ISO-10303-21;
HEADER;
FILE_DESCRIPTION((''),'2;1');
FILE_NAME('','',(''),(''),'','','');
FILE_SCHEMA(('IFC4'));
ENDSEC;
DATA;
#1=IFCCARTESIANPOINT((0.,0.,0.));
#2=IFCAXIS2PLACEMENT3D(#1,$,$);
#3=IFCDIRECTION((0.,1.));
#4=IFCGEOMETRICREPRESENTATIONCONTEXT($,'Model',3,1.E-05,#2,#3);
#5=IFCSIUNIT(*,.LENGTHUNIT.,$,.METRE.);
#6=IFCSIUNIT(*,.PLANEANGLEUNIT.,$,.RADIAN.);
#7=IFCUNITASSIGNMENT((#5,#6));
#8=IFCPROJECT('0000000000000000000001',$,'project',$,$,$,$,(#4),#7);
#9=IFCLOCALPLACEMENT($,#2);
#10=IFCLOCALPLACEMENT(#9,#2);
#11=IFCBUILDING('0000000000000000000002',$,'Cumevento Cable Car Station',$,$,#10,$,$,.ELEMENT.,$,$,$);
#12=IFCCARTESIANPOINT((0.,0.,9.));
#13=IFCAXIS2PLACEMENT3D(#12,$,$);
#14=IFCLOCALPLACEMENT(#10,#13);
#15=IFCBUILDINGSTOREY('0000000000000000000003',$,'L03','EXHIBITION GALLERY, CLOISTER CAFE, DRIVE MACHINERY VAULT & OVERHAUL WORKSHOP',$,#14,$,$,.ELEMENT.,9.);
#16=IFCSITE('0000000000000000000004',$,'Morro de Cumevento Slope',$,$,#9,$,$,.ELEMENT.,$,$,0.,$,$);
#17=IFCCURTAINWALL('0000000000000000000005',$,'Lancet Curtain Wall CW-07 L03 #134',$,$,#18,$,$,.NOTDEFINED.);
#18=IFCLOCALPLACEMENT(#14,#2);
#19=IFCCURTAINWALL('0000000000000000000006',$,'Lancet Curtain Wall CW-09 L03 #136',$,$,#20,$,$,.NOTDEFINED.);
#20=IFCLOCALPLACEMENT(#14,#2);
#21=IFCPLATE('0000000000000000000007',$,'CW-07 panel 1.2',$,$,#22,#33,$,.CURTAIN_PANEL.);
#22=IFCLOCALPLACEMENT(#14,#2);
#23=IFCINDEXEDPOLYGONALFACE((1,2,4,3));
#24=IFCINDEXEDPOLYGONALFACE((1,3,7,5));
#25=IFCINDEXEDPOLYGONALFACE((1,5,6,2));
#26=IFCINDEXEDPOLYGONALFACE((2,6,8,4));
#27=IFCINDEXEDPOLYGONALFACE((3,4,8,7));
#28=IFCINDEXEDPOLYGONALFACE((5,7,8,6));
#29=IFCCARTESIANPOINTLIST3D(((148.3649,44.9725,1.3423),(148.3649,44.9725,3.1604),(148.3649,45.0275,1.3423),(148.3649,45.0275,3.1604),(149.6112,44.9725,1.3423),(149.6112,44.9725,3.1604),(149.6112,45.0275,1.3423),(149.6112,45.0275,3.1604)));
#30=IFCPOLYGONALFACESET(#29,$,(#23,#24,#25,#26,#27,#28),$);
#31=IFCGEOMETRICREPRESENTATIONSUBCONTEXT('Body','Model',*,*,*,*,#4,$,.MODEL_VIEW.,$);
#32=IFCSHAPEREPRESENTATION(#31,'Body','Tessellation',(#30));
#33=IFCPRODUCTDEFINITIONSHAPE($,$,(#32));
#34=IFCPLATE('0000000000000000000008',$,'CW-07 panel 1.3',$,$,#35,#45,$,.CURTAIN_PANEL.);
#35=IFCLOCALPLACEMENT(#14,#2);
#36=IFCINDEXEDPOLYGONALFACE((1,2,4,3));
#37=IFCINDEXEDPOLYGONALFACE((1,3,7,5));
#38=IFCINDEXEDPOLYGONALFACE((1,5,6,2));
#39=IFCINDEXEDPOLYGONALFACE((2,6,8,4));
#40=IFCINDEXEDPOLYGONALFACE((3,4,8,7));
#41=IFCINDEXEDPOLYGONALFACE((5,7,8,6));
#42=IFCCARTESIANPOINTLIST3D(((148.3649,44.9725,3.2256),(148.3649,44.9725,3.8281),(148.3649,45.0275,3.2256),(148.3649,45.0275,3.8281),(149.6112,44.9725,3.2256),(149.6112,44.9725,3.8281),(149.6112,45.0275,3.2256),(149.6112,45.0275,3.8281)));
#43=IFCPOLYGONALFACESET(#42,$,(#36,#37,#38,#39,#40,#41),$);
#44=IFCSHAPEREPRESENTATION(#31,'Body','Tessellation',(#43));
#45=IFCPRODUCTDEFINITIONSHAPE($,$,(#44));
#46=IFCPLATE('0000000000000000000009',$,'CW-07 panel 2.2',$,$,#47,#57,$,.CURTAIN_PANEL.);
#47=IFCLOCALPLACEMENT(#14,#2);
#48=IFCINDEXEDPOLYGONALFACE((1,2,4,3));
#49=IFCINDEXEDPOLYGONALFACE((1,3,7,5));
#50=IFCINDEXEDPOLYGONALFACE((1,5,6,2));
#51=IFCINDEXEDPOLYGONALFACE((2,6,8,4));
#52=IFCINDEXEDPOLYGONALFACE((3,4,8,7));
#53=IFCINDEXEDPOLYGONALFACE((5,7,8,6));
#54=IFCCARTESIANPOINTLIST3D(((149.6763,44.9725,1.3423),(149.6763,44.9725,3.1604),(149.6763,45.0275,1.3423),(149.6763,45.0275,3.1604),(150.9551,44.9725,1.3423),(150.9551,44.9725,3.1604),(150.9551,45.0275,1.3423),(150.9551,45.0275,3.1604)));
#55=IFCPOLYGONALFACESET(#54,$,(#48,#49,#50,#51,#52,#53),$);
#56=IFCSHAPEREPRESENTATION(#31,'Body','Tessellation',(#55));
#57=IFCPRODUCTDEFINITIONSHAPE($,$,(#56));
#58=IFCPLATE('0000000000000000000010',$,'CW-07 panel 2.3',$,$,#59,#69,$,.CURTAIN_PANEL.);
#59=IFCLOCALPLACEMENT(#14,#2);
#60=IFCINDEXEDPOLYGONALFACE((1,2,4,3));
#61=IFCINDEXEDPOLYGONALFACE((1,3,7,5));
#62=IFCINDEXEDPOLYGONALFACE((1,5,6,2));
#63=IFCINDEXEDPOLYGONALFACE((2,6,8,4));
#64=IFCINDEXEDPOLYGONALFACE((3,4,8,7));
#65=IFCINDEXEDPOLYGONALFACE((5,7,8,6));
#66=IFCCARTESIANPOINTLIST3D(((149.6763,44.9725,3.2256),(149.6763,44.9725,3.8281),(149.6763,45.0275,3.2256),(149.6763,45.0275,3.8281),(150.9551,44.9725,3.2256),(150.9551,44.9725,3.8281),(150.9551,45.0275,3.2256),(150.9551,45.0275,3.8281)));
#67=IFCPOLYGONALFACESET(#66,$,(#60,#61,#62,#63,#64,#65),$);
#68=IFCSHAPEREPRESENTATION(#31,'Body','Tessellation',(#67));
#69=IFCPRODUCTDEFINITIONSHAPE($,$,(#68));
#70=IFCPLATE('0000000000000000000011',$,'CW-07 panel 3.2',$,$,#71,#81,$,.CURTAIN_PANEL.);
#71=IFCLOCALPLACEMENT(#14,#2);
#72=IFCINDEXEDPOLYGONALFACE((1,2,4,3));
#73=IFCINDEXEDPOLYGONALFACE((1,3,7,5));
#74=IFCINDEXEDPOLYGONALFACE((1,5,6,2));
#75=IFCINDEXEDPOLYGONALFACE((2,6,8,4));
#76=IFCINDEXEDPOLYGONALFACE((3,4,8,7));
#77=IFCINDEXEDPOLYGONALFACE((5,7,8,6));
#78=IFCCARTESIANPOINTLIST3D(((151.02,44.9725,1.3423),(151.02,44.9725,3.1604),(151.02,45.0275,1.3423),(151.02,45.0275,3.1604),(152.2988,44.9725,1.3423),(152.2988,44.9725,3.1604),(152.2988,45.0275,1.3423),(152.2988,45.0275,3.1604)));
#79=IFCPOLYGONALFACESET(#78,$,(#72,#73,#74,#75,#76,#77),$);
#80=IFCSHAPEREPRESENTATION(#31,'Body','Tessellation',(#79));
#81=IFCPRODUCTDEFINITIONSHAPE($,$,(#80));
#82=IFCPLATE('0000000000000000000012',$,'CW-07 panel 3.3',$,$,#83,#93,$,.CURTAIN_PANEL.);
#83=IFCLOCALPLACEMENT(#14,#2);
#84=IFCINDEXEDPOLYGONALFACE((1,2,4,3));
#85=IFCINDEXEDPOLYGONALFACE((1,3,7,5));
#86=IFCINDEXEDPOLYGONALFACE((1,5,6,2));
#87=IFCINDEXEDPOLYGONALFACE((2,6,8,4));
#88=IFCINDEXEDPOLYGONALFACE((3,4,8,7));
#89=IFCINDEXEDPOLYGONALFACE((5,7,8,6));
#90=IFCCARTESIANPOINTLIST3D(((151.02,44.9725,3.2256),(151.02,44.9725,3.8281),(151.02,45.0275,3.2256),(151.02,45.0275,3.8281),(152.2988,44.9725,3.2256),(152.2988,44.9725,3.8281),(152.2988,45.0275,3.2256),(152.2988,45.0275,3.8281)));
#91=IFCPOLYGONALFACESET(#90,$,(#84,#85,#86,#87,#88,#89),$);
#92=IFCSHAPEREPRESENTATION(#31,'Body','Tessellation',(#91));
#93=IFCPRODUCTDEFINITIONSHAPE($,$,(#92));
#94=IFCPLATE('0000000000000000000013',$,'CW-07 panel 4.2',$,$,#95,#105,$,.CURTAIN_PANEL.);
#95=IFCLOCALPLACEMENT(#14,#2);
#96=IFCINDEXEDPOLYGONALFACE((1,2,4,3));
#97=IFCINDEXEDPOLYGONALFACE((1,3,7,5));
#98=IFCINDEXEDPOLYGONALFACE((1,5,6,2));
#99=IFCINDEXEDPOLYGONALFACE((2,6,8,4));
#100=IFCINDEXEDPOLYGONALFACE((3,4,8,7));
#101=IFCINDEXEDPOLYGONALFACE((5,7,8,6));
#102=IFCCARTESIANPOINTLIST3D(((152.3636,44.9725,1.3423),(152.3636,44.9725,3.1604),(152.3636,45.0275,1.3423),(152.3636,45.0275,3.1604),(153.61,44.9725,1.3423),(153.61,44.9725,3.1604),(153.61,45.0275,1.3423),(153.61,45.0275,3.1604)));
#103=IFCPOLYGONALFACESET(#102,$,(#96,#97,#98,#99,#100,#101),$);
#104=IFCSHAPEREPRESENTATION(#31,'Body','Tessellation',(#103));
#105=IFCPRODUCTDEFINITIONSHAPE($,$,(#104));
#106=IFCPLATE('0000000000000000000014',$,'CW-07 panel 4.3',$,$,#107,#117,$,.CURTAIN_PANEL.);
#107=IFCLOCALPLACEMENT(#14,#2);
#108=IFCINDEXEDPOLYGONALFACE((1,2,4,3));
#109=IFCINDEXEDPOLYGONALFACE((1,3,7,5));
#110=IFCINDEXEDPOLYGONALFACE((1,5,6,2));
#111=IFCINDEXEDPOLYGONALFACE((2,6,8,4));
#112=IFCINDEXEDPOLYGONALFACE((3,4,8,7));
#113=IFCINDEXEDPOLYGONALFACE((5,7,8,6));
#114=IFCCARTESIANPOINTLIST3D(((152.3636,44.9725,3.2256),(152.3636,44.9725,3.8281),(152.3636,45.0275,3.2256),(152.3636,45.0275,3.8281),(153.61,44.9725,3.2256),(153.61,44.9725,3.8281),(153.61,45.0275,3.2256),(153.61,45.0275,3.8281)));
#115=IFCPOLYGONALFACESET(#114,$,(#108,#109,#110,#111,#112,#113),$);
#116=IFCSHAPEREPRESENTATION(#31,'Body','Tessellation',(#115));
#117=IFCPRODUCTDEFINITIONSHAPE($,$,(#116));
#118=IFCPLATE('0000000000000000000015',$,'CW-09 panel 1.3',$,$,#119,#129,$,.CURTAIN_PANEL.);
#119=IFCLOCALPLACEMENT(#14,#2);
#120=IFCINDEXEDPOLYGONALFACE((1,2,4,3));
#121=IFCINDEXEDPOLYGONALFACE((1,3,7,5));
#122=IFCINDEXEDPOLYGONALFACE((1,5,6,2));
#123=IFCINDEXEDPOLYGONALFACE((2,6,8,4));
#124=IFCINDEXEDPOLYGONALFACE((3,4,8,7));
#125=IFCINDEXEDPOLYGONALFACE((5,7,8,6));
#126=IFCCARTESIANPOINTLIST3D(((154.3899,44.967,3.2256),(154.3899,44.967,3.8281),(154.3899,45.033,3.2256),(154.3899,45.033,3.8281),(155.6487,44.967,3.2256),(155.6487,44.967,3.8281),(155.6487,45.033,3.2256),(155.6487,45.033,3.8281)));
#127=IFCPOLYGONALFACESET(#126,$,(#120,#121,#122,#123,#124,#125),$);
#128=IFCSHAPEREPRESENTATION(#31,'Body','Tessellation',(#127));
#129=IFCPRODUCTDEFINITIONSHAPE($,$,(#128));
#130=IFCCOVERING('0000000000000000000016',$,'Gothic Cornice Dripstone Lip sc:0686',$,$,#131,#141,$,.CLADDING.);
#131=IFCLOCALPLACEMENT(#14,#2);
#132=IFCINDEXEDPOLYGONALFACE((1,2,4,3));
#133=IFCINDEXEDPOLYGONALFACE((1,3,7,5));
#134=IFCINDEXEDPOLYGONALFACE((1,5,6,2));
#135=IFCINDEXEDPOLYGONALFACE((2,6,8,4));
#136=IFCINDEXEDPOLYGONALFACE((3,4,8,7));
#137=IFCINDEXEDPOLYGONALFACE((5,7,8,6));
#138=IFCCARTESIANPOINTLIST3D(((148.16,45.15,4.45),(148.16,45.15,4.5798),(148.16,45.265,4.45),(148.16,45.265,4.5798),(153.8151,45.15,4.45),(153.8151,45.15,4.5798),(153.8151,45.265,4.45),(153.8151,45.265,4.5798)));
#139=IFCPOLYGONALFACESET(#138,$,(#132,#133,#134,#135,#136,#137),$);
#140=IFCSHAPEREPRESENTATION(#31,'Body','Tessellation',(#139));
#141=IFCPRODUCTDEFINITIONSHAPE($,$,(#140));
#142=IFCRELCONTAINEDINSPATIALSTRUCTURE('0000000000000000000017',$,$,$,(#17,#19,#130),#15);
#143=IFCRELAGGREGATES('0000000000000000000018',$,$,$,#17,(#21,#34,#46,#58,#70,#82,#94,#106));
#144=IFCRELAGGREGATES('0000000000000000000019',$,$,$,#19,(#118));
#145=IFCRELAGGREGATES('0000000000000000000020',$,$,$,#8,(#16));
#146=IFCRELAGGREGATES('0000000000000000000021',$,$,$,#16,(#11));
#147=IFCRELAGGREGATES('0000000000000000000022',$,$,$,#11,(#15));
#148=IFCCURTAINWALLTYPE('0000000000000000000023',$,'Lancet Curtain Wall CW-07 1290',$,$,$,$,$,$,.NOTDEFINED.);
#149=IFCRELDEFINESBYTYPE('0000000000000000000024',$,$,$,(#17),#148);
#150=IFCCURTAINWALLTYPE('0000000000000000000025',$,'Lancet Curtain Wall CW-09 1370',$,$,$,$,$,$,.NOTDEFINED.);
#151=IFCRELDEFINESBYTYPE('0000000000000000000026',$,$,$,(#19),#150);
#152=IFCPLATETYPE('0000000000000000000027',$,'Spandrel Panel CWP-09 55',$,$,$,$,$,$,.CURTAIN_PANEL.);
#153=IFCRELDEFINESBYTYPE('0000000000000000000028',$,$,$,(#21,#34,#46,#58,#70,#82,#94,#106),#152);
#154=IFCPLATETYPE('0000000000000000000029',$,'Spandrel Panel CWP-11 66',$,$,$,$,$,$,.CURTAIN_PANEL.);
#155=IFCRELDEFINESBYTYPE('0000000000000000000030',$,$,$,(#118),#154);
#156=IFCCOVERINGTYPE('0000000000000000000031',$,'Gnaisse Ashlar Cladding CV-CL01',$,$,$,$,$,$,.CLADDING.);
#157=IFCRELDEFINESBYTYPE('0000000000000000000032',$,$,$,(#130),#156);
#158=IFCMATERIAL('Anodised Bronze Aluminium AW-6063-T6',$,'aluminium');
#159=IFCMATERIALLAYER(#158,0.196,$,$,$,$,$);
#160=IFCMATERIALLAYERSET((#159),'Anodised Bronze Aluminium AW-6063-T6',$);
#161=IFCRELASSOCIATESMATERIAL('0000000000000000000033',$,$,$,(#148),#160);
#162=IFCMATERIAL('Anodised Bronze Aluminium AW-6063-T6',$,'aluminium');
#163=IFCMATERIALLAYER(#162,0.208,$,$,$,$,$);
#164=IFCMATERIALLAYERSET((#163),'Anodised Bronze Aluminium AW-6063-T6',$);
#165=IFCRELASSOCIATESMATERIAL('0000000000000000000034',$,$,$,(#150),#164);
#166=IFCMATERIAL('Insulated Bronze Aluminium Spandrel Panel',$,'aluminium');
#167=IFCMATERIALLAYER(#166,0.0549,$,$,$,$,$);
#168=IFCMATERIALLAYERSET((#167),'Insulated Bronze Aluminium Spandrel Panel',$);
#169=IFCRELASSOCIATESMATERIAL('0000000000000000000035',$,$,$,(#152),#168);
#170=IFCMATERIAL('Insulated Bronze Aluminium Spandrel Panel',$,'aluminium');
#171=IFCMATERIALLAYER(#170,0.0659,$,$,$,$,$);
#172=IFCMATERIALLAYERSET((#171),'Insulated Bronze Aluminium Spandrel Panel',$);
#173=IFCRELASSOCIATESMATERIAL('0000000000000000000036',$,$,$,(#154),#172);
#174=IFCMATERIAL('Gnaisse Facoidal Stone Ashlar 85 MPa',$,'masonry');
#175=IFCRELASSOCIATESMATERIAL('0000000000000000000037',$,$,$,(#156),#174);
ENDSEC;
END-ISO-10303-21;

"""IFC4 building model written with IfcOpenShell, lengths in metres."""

from ifc_helpers import new_model, si_unit, direction, frame, origin, origin_2d, place, context, subcontext, project, spatial, rectangle, extrude, material, layer, layer_set, type_object, element, aggregate, save


model = new_model("IFC4")

# Units and contexts
model_context = context("Model", 3, precision=1e-05, world=origin(), true_north=direction((0.0, 1.0)))
body_context = subcontext(model_context, "Body", "Model", "MODEL_VIEW")
ifc_project = project(units=[si_unit("LENGTHUNIT", "METRE"), si_unit("PLANEANGLEUNIT", "RADIAN")], contexts=[model_context])

# Site, building, storey
site_placement = place(None, origin())
site = spatial("IfcSite", under=ifc_project, at=site_placement, Name="Morro de Cumevento Slope", CompositionType="ELEMENT", RefElevation=0.0)
building_placement = place(site_placement, origin())
building = spatial("IfcBuilding", under=site, at=building_placement, Name="Cumevento Cable Car Station", CompositionType="ELEMENT")
storey_placement = place(building_placement, frame((0.0, 0.0, 9.0)))
storey = spatial("IfcBuildingStorey", under=building, at=storey_placement, Name="L03", Description="EXHIBITION GALLERY, CLOISTER CAFE, DRIVE MACHINERY VAULT & OVERHAUL WORKSHOP", CompositionType="ELEMENT", Elevation=9.0)

# Curtain walls
ifc_material_1 = material(Name="Anodised Bronze Aluminium AW-6063-T6", Category="aluminium")
ifc_layer_1 = layer(ifc_material_1, 0.196)
ifc_layer_set_1 = layer_set([ifc_layer_1], Name="Anodised Bronze Aluminium AW-6063-T6")
curtain_wall_type_1 = type_object("IfcCurtainWallType", Name="Lancet Curtain Wall CW-07 1290", PredefinedType="NOTDEFINED", material=ifc_layer_set_1)
curtain_wall_1_placement = place(storey_placement, origin())
curtain_wall_1 = element("IfcCurtainWall", 1, at=curtain_wall_1_placement, inside=storey, type_object=curtain_wall_type_1, Name="Lancet Curtain Wall CW-07 L03 #134", PredefinedType="NOTDEFINED")
ifc_material_2 = material(Name="Anodised Bronze Aluminium AW-6063-T6", Category="aluminium")
ifc_layer_2 = layer(ifc_material_2, 0.208)
ifc_layer_set_2 = layer_set([ifc_layer_2], Name="Anodised Bronze Aluminium AW-6063-T6")
curtain_wall_type_2 = type_object("IfcCurtainWallType", Name="Lancet Curtain Wall CW-09 1370", PredefinedType="NOTDEFINED", material=ifc_layer_set_2)
curtain_wall_2_placement = place(storey_placement, origin())
curtain_wall_2 = element("IfcCurtainWall", 2, at=curtain_wall_2_placement, inside=storey, type_object=curtain_wall_type_2, Name="Lancet Curtain Wall CW-09 L03 #136", PredefinedType="NOTDEFINED")

# Plates
ifc_material_3 = material(Name="Insulated Bronze Aluminium Spandrel Panel", Category="aluminium")
ifc_layer_3 = layer(ifc_material_3, 0.0549)
ifc_layer_set_3 = layer_set([ifc_layer_3], Name="Insulated Bronze Aluminium Spandrel Panel")
plate_type_1 = type_object("IfcPlateType", Name="Spandrel Panel CWP-09 55", PredefinedType="CURTAIN_PANEL", material=ifc_layer_set_3)
plate_1_placement = place(storey_placement, frame((148.988, 45.0, 1.3423), z_axis=(0.0, 0.0, 1.0), x_axis=(1.0, 0.0, 0.0)))
plate_1 = element("IfcPlate", 3, at=plate_1_placement, type_object=plate_type_1, Name="CW-07 panel 1.2", PredefinedType="CURTAIN_PANEL", context=body_context, shape_type="SweptSolid", body=[
    extrude(rectangle(XDim=1.2463, YDim=0.0549, at=origin_2d()), origin(), (0.0, 0.0, 1.0), 1.8181),
])
plate_2_placement = place(storey_placement, frame((148.988, 45.0, 3.2256), z_axis=(0.0, 0.0, 1.0), x_axis=(1.0, 0.0, 0.0)))
plate_2 = element("IfcPlate", 4, at=plate_2_placement, type_object=plate_type_1, Name="CW-07 panel 1.3", PredefinedType="CURTAIN_PANEL", context=body_context, shape_type="SweptSolid", body=[
    extrude(rectangle(XDim=1.2463, YDim=0.0549, at=origin_2d()), origin(), (0.0, 0.0, 1.0), 0.6025),
])
plate_3_placement = place(storey_placement, frame((150.3157, 45.0, 1.3423), z_axis=(0.0, 0.0, 1.0), x_axis=(1.0, 0.0, 0.0)))
plate_3 = element("IfcPlate", 5, at=plate_3_placement, type_object=plate_type_1, Name="CW-07 panel 2.2", PredefinedType="CURTAIN_PANEL", context=body_context, shape_type="SweptSolid", body=[
    extrude(rectangle(XDim=1.2788, YDim=0.0549, at=origin_2d()), origin(), (0.0, 0.0, 1.0), 1.8181),
])
plate_4_placement = place(storey_placement, frame((150.3157, 45.0, 3.2256), z_axis=(0.0, 0.0, 1.0), x_axis=(1.0, 0.0, 0.0)))
plate_4 = element("IfcPlate", 6, at=plate_4_placement, type_object=plate_type_1, Name="CW-07 panel 2.3", PredefinedType="CURTAIN_PANEL", context=body_context, shape_type="SweptSolid", body=[
    extrude(rectangle(XDim=1.2788, YDim=0.0549, at=origin_2d()), origin(), (0.0, 0.0, 1.0), 0.6025),
])
plate_5_placement = place(storey_placement, frame((151.6594, 45.0, 1.3423), z_axis=(0.0, 0.0, 1.0), x_axis=(1.0, 0.0, 0.0)))
plate_5 = element("IfcPlate", 7, at=plate_5_placement, type_object=plate_type_1, Name="CW-07 panel 3.2", PredefinedType="CURTAIN_PANEL", context=body_context, shape_type="SweptSolid", body=[
    extrude(rectangle(XDim=1.2788, YDim=0.0549, at=origin_2d()), origin(), (0.0, 0.0, 1.0), 1.8181),
])
plate_6_placement = place(storey_placement, frame((151.6594, 45.0, 3.2256), z_axis=(0.0, 0.0, 1.0), x_axis=(1.0, 0.0, 0.0)))
plate_6 = element("IfcPlate", 8, at=plate_6_placement, type_object=plate_type_1, Name="CW-07 panel 3.3", PredefinedType="CURTAIN_PANEL", context=body_context, shape_type="SweptSolid", body=[
    extrude(rectangle(XDim=1.2788, YDim=0.0549, at=origin_2d()), origin(), (0.0, 0.0, 1.0), 0.6025),
])
plate_7_placement = place(storey_placement, frame((152.9868, 45.0, 1.3423), z_axis=(0.0, 0.0, 1.0), x_axis=(1.0, 0.0, 0.0)))
plate_7 = element("IfcPlate", 9, at=plate_7_placement, type_object=plate_type_1, Name="CW-07 panel 4.2", PredefinedType="CURTAIN_PANEL", context=body_context, shape_type="SweptSolid", body=[
    extrude(rectangle(XDim=1.2463, YDim=0.0549, at=origin_2d()), origin(), (0.0, 0.0, 1.0), 1.8181),
])
plate_8_placement = place(storey_placement, frame((152.9868, 45.0, 3.2256), z_axis=(0.0, 0.0, 1.0), x_axis=(1.0, 0.0, 0.0)))
plate_8 = element("IfcPlate", 10, at=plate_8_placement, type_object=plate_type_1, Name="CW-07 panel 4.3", PredefinedType="CURTAIN_PANEL", context=body_context, shape_type="SweptSolid", body=[
    extrude(rectangle(XDim=1.2463, YDim=0.0549, at=origin_2d()), origin(), (0.0, 0.0, 1.0), 0.6025),
])
aggregate(curtain_wall_1, [plate_1, plate_2, plate_3, plate_4, plate_5, plate_6, plate_7, plate_8])
ifc_material_4 = material(Name="Insulated Bronze Aluminium Spandrel Panel", Category="aluminium")
ifc_layer_4 = layer(ifc_material_4, 0.0659)
ifc_layer_set_4 = layer_set([ifc_layer_4], Name="Insulated Bronze Aluminium Spandrel Panel")
plate_type_2 = type_object("IfcPlateType", Name="Spandrel Panel CWP-11 66", PredefinedType="CURTAIN_PANEL", material=ifc_layer_set_4)
plate_9_placement = place(storey_placement, frame((155.0193, 45.0, 3.2256), z_axis=(0.0, 0.0, 1.0), x_axis=(1.0, 0.0, 0.0)))
plate_9 = element("IfcPlate", 11, at=plate_9_placement, type_object=plate_type_2, Name="CW-09 panel 1.3", PredefinedType="CURTAIN_PANEL", context=body_context, shape_type="SweptSolid", body=[
    extrude(rectangle(XDim=1.2588, YDim=0.0659, at=origin_2d()), origin(), (0.0, 0.0, 1.0), 0.6025),
])
aggregate(curtain_wall_2, [plate_9])

# Covering
ifc_material_5 = material(Name="Gnaisse Facoidal Stone Ashlar 85 MPa", Category="masonry")
covering_type = type_object("IfcCoveringType", Name="Gnaisse Ashlar Cladding CV-CL01", PredefinedType="CLADDING", material=ifc_material_5)
covering_1_placement = place(storey_placement, frame((150.9875, 45.2075, 4.45), z_axis=(0.0, 0.0, 1.0), x_axis=(1.0, 0.0, 0.0)))
element("IfcCovering", 12, at=covering_1_placement, inside=storey, type_object=covering_type, Name="Gothic Cornice Dripstone Lip sc:0686", PredefinedType="CLADDING", context=body_context, shape_type="SweptSolid", body=[
    extrude(rectangle(XDim=5.655, YDim=0.115, at=origin_2d()), origin(), (0.0, 0.0, 1.0), 0.1299),
])

save(model, "model.ifc")
